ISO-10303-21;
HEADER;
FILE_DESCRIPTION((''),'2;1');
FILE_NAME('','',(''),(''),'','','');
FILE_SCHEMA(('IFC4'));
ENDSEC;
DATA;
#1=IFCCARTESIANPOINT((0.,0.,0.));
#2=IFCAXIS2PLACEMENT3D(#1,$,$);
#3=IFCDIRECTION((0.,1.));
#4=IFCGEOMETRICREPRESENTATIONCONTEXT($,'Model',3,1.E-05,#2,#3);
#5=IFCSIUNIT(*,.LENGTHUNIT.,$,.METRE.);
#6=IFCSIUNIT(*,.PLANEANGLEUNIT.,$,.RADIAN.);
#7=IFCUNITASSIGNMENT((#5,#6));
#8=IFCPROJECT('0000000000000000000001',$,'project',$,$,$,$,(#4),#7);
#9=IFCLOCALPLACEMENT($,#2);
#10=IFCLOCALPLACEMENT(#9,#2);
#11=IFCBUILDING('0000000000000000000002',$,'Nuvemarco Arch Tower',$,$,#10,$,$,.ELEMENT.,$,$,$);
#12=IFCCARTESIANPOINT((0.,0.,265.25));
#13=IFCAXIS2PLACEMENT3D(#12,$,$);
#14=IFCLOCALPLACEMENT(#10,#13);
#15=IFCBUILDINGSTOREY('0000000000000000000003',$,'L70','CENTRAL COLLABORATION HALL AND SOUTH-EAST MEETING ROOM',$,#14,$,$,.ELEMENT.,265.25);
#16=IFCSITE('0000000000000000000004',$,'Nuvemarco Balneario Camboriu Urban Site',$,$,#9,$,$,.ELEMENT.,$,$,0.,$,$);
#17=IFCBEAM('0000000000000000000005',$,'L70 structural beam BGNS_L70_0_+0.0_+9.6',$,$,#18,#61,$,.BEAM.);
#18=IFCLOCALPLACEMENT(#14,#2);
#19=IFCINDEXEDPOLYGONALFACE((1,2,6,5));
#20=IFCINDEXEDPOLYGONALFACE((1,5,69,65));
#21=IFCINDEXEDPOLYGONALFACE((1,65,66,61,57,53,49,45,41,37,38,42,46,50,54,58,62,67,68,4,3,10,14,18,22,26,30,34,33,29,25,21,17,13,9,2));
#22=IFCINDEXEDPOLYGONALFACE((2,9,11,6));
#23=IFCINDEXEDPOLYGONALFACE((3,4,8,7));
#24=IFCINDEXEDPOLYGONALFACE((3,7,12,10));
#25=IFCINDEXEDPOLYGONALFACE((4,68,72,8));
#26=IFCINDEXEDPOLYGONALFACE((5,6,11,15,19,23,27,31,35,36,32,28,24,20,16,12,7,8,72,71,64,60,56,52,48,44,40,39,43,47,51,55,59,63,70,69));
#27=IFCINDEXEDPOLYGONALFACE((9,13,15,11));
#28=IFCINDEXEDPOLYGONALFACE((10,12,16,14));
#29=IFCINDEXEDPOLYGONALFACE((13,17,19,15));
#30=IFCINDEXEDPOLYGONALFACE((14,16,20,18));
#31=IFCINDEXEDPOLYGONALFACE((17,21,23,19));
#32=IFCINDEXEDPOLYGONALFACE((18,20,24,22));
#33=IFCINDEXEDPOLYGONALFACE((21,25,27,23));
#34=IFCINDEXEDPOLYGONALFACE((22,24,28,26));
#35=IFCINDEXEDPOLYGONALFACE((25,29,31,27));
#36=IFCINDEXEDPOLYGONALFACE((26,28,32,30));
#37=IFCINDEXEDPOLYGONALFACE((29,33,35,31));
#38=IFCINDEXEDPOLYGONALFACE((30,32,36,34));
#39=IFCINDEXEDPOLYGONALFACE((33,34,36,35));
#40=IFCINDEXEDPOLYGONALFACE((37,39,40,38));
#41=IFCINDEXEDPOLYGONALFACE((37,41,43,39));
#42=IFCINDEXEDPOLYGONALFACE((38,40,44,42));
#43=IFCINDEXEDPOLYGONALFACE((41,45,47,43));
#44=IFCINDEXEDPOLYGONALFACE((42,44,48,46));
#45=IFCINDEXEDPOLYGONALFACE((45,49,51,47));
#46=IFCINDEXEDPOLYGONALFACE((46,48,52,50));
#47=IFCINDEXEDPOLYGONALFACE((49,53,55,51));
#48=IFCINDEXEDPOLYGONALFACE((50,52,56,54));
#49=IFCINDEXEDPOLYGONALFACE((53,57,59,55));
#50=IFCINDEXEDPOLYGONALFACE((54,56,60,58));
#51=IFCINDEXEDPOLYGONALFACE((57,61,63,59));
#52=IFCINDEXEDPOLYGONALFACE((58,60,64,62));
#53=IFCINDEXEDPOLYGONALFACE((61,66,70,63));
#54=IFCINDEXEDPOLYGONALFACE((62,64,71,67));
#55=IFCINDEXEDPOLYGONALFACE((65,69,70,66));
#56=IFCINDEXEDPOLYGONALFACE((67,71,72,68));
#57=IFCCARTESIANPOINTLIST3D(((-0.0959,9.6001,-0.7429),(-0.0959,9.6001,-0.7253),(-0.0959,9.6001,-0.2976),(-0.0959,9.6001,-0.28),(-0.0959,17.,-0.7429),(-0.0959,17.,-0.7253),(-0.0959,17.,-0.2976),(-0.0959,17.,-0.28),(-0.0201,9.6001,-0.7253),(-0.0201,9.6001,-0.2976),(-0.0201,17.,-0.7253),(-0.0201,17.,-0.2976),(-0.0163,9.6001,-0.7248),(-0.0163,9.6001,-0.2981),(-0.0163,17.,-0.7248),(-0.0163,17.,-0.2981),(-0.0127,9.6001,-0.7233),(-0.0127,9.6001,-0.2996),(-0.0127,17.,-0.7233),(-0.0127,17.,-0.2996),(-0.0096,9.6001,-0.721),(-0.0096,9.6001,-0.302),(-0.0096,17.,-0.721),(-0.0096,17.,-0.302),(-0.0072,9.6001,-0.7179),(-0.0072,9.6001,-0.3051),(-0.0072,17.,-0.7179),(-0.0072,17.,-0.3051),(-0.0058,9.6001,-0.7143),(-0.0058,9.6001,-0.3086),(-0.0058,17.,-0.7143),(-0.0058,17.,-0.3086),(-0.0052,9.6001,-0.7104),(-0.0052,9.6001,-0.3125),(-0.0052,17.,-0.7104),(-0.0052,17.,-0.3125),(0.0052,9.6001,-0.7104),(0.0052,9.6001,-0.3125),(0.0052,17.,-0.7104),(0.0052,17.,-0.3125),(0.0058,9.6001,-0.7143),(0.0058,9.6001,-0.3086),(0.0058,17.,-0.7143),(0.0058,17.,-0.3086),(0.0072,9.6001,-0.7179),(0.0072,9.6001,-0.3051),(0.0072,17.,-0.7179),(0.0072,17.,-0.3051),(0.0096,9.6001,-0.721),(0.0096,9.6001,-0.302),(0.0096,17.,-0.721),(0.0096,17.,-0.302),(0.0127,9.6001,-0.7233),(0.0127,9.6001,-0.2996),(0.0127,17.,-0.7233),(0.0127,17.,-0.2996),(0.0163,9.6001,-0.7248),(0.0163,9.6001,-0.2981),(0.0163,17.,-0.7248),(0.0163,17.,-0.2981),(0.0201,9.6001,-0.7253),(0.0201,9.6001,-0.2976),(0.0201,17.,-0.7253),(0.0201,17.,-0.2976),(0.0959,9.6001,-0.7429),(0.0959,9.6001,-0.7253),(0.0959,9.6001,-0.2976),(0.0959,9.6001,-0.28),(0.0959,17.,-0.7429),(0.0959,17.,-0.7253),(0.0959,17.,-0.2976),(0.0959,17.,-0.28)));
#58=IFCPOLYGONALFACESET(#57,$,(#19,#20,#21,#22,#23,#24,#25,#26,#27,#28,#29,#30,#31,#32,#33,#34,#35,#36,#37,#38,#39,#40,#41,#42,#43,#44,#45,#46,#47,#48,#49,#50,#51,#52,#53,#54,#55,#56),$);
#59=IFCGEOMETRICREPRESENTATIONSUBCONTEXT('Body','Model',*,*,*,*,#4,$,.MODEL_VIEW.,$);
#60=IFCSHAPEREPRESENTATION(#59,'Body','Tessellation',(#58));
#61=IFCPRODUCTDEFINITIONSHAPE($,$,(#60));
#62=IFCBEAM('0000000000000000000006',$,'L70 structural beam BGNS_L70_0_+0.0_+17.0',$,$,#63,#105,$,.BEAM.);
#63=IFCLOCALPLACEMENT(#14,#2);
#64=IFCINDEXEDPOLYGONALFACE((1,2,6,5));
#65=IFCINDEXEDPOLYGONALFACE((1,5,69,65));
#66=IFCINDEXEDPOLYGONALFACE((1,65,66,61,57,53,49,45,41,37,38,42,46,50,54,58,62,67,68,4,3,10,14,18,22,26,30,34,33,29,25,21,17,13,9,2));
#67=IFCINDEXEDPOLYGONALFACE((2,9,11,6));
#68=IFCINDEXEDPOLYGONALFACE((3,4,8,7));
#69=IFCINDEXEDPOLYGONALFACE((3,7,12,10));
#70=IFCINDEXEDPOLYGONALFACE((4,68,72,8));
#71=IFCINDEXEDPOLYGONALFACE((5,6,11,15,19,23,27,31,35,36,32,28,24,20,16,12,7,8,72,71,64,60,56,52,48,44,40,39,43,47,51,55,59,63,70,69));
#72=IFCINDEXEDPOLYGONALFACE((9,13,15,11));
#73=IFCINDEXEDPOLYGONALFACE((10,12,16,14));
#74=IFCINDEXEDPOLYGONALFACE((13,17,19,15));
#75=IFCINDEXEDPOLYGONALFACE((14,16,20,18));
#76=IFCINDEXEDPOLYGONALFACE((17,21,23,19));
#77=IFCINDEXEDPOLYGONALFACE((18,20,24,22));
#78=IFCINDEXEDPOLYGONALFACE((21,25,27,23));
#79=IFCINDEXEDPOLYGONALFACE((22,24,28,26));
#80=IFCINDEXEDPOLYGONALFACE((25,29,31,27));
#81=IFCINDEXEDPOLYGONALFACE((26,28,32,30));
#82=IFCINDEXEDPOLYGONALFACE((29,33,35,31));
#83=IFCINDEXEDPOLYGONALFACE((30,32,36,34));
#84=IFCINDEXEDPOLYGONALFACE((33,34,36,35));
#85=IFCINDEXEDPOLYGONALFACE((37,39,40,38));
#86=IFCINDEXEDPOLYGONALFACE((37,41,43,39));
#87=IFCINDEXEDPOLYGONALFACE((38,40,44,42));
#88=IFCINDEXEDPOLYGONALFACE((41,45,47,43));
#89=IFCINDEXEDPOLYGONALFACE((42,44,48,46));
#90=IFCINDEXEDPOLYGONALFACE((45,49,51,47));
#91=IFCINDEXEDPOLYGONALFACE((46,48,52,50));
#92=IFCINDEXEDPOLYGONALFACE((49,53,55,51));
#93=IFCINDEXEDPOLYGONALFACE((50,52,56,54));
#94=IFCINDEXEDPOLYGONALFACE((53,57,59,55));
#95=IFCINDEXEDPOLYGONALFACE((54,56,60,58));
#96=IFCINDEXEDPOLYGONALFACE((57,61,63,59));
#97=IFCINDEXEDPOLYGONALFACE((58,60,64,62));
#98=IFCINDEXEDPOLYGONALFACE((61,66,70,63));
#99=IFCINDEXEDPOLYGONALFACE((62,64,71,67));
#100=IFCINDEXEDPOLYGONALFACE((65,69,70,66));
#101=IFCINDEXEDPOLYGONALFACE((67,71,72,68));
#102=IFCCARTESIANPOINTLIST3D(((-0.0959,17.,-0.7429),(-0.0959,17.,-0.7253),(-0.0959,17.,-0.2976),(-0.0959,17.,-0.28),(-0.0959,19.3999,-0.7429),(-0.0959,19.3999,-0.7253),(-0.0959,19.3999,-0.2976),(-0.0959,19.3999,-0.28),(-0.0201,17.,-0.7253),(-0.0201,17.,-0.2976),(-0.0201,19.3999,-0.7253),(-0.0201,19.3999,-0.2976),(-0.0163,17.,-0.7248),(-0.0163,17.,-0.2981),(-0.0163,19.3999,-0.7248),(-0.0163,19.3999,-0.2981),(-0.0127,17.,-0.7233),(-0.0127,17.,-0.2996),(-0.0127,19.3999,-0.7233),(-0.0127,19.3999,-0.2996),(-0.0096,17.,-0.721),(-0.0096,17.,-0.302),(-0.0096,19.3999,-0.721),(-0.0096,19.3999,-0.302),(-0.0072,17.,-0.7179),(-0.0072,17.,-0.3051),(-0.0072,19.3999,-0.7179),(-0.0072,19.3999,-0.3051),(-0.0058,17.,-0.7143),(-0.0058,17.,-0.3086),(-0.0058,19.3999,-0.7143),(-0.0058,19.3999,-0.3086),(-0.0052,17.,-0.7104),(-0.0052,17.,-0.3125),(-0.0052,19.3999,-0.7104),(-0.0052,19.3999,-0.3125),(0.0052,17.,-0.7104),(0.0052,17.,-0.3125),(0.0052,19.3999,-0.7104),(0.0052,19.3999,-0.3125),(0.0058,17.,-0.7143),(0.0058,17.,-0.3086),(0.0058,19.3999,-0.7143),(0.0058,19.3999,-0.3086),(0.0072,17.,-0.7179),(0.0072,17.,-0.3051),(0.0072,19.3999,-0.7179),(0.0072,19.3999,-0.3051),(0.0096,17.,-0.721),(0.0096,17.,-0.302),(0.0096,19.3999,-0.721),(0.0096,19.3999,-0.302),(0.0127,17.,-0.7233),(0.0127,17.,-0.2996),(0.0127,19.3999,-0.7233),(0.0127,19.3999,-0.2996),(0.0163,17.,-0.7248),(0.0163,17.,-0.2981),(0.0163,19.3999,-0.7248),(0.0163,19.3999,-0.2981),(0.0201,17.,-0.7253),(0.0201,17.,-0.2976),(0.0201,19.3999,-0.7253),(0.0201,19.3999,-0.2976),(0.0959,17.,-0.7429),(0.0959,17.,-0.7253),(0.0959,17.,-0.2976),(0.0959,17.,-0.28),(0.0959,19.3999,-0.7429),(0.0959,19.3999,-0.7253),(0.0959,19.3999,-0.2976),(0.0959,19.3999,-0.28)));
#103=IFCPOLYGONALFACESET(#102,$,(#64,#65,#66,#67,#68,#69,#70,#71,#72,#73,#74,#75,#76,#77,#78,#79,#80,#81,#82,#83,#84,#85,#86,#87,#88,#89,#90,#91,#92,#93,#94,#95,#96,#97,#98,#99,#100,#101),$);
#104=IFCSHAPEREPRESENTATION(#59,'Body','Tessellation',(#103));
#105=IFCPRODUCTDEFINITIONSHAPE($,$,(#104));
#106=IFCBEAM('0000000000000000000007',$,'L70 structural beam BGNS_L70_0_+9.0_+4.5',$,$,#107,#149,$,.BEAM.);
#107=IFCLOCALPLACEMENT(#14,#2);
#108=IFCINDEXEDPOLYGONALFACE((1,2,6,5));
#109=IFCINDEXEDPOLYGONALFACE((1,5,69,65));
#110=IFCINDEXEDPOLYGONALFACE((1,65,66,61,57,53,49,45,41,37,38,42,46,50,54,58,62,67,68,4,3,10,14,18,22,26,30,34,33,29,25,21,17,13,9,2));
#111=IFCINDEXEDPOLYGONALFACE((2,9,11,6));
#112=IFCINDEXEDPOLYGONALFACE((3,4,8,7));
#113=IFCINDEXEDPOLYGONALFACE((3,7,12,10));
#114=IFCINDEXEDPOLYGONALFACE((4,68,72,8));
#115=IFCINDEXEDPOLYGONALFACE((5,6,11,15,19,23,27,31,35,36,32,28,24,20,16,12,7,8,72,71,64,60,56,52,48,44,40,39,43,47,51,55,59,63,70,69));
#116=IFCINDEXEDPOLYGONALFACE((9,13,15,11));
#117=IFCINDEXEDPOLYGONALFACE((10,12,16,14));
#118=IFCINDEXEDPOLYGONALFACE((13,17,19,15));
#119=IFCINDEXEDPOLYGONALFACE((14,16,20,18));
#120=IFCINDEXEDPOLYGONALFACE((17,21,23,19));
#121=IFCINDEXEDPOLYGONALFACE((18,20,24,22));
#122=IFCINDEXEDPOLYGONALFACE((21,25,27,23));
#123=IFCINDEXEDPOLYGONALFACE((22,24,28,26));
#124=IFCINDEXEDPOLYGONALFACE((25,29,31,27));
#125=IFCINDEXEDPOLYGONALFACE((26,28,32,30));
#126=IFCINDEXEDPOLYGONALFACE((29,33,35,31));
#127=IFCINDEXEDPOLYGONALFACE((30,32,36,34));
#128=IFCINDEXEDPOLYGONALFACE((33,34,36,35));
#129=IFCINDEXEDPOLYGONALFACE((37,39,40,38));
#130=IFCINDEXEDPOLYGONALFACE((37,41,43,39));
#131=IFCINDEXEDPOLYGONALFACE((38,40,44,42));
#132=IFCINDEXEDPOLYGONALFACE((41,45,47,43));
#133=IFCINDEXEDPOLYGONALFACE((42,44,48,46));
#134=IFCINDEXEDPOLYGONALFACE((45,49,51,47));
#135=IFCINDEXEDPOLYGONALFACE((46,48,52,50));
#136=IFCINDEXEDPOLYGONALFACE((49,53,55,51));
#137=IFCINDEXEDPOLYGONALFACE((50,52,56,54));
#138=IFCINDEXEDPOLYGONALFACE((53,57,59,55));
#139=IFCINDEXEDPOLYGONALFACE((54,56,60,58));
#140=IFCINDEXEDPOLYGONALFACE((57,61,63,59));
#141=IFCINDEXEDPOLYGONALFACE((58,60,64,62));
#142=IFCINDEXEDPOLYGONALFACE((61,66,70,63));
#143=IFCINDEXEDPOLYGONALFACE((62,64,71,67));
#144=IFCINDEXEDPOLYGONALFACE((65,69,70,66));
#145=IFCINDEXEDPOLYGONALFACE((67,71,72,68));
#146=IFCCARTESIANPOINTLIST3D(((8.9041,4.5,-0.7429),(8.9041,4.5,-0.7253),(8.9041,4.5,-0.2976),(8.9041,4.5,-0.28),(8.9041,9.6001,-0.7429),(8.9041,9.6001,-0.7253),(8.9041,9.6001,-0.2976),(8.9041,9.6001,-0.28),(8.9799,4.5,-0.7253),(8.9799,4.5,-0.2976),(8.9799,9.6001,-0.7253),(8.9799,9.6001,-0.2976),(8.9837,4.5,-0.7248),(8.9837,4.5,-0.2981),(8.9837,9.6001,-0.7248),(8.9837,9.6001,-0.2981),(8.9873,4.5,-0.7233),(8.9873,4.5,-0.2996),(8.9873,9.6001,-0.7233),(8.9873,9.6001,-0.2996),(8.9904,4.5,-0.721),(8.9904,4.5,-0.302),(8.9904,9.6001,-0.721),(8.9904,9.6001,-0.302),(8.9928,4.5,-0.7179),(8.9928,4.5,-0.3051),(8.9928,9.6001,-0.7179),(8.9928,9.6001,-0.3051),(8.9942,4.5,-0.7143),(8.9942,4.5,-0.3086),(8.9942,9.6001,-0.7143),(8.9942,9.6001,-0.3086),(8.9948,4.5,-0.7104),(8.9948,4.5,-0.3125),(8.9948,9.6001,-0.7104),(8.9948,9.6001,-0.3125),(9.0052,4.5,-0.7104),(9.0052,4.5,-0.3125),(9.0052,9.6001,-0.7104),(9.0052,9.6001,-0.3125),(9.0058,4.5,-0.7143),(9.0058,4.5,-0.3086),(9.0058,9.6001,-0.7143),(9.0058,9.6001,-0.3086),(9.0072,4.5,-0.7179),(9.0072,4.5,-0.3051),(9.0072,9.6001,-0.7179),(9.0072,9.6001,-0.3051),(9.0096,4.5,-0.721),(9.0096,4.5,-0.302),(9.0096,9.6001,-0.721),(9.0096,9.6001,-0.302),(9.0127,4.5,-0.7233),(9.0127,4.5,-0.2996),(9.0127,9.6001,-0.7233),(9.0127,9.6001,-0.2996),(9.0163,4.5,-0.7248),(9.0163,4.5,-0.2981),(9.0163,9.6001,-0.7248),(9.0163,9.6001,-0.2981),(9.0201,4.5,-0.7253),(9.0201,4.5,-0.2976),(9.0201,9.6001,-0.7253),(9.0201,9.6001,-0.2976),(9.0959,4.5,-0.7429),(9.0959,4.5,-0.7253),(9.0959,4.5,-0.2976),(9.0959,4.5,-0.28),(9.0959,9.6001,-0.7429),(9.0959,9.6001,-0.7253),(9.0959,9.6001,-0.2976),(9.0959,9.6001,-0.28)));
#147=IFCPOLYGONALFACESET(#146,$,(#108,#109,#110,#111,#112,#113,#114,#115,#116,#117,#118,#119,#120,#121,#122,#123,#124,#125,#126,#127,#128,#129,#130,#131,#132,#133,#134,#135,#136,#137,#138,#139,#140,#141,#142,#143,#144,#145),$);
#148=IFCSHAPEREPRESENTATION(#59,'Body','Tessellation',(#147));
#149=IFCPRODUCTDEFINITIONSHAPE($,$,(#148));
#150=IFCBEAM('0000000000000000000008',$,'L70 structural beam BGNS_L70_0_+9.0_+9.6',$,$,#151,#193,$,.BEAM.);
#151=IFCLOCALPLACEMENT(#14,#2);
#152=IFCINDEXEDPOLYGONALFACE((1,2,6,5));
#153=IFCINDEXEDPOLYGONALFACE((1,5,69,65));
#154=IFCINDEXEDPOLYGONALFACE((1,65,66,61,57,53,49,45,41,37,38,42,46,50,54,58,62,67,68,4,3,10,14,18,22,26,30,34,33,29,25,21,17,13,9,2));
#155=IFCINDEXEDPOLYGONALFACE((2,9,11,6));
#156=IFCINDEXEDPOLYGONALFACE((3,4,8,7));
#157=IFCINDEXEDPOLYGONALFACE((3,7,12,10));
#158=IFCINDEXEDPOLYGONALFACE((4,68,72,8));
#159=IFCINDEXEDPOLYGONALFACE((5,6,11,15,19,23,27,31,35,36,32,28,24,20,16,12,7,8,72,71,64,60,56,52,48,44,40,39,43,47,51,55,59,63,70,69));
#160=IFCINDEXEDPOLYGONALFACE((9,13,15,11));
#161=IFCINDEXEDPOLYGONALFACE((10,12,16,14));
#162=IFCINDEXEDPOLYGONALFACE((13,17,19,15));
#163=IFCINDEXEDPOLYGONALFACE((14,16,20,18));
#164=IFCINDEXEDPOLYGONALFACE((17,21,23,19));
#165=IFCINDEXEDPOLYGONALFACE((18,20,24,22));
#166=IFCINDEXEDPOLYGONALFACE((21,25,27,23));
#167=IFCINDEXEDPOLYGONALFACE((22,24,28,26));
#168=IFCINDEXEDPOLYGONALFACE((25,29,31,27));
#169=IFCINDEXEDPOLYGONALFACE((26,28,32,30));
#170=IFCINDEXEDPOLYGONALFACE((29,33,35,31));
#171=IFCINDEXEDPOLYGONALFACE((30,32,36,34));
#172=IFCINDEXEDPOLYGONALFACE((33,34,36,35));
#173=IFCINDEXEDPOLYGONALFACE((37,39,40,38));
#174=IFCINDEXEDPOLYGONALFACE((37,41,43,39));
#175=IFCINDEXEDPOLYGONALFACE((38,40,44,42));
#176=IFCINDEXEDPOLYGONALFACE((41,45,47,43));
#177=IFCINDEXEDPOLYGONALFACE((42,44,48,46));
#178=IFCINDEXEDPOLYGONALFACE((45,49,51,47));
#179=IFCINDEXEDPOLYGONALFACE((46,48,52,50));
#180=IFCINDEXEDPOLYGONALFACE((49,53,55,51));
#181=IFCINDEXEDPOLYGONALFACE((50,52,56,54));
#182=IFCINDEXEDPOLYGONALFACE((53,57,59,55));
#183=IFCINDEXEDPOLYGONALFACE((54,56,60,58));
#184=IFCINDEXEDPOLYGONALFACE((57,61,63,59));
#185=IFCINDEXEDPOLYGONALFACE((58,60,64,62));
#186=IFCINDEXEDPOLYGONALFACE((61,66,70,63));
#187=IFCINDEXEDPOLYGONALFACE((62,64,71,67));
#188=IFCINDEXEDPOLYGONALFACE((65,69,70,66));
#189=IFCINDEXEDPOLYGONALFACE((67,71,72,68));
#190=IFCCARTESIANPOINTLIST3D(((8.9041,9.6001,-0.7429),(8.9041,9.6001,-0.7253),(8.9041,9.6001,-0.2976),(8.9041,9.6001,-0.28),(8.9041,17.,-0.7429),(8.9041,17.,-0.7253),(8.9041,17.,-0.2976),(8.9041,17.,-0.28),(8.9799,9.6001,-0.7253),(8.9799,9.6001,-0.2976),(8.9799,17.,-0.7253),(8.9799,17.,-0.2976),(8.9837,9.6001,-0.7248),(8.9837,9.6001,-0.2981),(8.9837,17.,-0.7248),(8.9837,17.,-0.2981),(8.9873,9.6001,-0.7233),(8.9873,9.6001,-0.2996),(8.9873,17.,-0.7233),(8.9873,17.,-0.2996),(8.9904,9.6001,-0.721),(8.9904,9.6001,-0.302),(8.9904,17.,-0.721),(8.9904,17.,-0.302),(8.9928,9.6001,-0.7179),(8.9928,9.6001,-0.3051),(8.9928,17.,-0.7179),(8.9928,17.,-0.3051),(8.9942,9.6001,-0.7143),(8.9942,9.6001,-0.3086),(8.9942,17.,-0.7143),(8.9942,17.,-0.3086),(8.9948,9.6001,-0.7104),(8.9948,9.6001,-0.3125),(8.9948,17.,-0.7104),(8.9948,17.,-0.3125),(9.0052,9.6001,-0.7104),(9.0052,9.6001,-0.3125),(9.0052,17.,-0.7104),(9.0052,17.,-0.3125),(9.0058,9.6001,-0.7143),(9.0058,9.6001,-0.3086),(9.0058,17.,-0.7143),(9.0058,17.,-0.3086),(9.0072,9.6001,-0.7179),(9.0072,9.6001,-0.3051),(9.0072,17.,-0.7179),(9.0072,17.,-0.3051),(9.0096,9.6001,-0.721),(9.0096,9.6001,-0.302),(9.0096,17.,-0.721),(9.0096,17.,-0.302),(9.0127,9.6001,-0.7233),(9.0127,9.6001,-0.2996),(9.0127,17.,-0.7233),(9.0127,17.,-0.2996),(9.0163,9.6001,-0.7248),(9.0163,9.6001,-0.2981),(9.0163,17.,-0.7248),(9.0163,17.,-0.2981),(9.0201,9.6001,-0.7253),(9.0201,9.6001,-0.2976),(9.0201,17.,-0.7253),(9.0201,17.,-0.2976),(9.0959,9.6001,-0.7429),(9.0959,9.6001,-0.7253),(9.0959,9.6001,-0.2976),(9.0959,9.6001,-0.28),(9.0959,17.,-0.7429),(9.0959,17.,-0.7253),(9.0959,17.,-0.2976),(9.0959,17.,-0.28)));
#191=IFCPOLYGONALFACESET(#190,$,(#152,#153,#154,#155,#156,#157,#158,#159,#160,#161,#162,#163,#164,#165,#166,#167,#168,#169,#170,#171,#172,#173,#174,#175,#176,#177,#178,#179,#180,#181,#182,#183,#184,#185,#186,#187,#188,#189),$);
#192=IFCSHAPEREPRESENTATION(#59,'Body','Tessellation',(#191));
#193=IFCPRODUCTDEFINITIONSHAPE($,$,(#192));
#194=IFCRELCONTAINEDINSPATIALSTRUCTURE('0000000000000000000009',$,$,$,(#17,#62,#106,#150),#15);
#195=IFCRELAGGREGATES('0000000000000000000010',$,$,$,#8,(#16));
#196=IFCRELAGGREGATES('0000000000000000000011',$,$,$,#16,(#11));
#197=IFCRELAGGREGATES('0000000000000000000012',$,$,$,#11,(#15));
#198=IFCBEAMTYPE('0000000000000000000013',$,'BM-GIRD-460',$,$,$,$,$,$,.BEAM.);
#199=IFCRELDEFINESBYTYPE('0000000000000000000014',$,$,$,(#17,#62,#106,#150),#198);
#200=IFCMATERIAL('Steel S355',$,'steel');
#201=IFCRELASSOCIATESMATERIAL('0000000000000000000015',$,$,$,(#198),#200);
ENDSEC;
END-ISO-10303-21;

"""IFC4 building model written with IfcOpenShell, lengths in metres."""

from ifc_helpers import new_model, si_unit, direction, frame, origin, origin_2d, place, context, subcontext, project, spatial, i_section, extrude, material, material_profile, profile_set, type_object, element, save


model = new_model("IFC4")

# Units and contexts
model_context = context("Model", 3, precision=1e-05, world=origin(), true_north=direction((0.0, 1.0)))
body_context = subcontext(model_context, "Body", "Model", "MODEL_VIEW")
ifc_project = project(units=[si_unit("LENGTHUNIT", "METRE"), si_unit("PLANEANGLEUNIT", "RADIAN")], contexts=[model_context])

# Site, building, storey
site_placement = place(None, origin())
site = spatial("IfcSite", under=ifc_project, at=site_placement, Name="Nuvemarco Balneario Camboriu Urban Site", CompositionType="ELEMENT", RefElevation=0.0)
building_placement = place(site_placement, origin())
building = spatial("IfcBuilding", under=site, at=building_placement, Name="Nuvemarco Arch Tower", CompositionType="ELEMENT")
storey_placement = place(building_placement, frame((0.0, 0.0, 265.25)))
storey = spatial("IfcBuildingStorey", under=building, at=storey_placement, Name="L70", Description="CENTRAL COLLABORATION HALL AND SOUTH-EAST MEETING ROOM", CompositionType="ELEMENT", Elevation=265.25)

# Shared definitions
ifc_material_1 = material(Name="Steel S355", Category="steel")

# Beams
ifc_material_profile_1 = material_profile(ifc_material_1, i_section(OverallWidth=0.1919, OverallDepth=0.4629, WebThickness=0.0105, FlangeThickness=0.0176, FilletRadius=0.0149, at=origin_2d()), Name="W460x89")
ifc_profile_set_1 = profile_set([ifc_material_profile_1], Name="Steel S355")
beam_type_1 = type_object("IfcBeamType", Name="BM-GIRD-460", PredefinedType="BEAM", material=ifc_profile_set_1)
beam_1_placement = place(storey_placement, frame((0.0, 9.6001, -0.5115), z_axis=(0.0, 1.0, 0.0), x_axis=(-1.0, 0.0, 0.0)))
element("IfcBeam", 1, at=beam_1_placement, inside=storey, type_object=beam_type_1, Name="L70 structural beam BGNS_L70_0_+0.0_+9.6", PredefinedType="BEAM", context=body_context, shape_type="SweptSolid", body=[
    extrude(i_section(OverallWidth=0.1919, OverallDepth=0.4629, WebThickness=0.0105, FlangeThickness=0.0176, FilletRadius=0.0149, at=origin_2d()), origin(), (0.0, 0.0, 1.0), 7.3999),
])
beam_2_placement = place(storey_placement, frame((0.0, 17.0, -0.5115), z_axis=(0.0, 1.0, 0.0), x_axis=(-1.0, 0.0, 0.0)))
element("IfcBeam", 2, at=beam_2_placement, inside=storey, type_object=beam_type_1, Name="L70 structural beam BGNS_L70_0_+0.0_+17.0", PredefinedType="BEAM", context=body_context, shape_type="SweptSolid", body=[
    extrude(i_section(OverallWidth=0.1919, OverallDepth=0.4629, WebThickness=0.0105, FlangeThickness=0.0176, FilletRadius=0.0149, at=origin_2d()), origin(), (0.0, 0.0, 1.0), 2.3999),
])
beam_3_placement = place(storey_placement, frame((9.0, 4.5, -0.5115), z_axis=(0.0, 1.0, 0.0), x_axis=(-1.0, 0.0, 0.0)))
element("IfcBeam", 3, at=beam_3_placement, inside=storey, type_object=beam_type_1, Name="L70 structural beam BGNS_L70_0_+9.0_+4.5", PredefinedType="BEAM", context=body_context, shape_type="SweptSolid", body=[
    extrude(i_section(OverallWidth=0.1919, OverallDepth=0.4629, WebThickness=0.0105, FlangeThickness=0.0176, FilletRadius=0.0149, at=origin_2d()), origin(), (0.0, 0.0, 1.0), 5.1001),
])
beam_4_placement = place(storey_placement, frame((9.0, 9.6001, -0.5115), z_axis=(0.0, 1.0, 0.0), x_axis=(-1.0, 0.0, 0.0)))
element("IfcBeam", 4, at=beam_4_placement, inside=storey, type_object=beam_type_1, Name="L70 structural beam BGNS_L70_0_+9.0_+9.6", PredefinedType="BEAM", context=body_context, shape_type="SweptSolid", body=[
    extrude(i_section(OverallWidth=0.1919, OverallDepth=0.4629, WebThickness=0.0105, FlangeThickness=0.0176, FilletRadius=0.0149, at=origin_2d()), origin(), (0.0, 0.0, 1.0), 7.3999),
])

save(model, "model.ifc")
